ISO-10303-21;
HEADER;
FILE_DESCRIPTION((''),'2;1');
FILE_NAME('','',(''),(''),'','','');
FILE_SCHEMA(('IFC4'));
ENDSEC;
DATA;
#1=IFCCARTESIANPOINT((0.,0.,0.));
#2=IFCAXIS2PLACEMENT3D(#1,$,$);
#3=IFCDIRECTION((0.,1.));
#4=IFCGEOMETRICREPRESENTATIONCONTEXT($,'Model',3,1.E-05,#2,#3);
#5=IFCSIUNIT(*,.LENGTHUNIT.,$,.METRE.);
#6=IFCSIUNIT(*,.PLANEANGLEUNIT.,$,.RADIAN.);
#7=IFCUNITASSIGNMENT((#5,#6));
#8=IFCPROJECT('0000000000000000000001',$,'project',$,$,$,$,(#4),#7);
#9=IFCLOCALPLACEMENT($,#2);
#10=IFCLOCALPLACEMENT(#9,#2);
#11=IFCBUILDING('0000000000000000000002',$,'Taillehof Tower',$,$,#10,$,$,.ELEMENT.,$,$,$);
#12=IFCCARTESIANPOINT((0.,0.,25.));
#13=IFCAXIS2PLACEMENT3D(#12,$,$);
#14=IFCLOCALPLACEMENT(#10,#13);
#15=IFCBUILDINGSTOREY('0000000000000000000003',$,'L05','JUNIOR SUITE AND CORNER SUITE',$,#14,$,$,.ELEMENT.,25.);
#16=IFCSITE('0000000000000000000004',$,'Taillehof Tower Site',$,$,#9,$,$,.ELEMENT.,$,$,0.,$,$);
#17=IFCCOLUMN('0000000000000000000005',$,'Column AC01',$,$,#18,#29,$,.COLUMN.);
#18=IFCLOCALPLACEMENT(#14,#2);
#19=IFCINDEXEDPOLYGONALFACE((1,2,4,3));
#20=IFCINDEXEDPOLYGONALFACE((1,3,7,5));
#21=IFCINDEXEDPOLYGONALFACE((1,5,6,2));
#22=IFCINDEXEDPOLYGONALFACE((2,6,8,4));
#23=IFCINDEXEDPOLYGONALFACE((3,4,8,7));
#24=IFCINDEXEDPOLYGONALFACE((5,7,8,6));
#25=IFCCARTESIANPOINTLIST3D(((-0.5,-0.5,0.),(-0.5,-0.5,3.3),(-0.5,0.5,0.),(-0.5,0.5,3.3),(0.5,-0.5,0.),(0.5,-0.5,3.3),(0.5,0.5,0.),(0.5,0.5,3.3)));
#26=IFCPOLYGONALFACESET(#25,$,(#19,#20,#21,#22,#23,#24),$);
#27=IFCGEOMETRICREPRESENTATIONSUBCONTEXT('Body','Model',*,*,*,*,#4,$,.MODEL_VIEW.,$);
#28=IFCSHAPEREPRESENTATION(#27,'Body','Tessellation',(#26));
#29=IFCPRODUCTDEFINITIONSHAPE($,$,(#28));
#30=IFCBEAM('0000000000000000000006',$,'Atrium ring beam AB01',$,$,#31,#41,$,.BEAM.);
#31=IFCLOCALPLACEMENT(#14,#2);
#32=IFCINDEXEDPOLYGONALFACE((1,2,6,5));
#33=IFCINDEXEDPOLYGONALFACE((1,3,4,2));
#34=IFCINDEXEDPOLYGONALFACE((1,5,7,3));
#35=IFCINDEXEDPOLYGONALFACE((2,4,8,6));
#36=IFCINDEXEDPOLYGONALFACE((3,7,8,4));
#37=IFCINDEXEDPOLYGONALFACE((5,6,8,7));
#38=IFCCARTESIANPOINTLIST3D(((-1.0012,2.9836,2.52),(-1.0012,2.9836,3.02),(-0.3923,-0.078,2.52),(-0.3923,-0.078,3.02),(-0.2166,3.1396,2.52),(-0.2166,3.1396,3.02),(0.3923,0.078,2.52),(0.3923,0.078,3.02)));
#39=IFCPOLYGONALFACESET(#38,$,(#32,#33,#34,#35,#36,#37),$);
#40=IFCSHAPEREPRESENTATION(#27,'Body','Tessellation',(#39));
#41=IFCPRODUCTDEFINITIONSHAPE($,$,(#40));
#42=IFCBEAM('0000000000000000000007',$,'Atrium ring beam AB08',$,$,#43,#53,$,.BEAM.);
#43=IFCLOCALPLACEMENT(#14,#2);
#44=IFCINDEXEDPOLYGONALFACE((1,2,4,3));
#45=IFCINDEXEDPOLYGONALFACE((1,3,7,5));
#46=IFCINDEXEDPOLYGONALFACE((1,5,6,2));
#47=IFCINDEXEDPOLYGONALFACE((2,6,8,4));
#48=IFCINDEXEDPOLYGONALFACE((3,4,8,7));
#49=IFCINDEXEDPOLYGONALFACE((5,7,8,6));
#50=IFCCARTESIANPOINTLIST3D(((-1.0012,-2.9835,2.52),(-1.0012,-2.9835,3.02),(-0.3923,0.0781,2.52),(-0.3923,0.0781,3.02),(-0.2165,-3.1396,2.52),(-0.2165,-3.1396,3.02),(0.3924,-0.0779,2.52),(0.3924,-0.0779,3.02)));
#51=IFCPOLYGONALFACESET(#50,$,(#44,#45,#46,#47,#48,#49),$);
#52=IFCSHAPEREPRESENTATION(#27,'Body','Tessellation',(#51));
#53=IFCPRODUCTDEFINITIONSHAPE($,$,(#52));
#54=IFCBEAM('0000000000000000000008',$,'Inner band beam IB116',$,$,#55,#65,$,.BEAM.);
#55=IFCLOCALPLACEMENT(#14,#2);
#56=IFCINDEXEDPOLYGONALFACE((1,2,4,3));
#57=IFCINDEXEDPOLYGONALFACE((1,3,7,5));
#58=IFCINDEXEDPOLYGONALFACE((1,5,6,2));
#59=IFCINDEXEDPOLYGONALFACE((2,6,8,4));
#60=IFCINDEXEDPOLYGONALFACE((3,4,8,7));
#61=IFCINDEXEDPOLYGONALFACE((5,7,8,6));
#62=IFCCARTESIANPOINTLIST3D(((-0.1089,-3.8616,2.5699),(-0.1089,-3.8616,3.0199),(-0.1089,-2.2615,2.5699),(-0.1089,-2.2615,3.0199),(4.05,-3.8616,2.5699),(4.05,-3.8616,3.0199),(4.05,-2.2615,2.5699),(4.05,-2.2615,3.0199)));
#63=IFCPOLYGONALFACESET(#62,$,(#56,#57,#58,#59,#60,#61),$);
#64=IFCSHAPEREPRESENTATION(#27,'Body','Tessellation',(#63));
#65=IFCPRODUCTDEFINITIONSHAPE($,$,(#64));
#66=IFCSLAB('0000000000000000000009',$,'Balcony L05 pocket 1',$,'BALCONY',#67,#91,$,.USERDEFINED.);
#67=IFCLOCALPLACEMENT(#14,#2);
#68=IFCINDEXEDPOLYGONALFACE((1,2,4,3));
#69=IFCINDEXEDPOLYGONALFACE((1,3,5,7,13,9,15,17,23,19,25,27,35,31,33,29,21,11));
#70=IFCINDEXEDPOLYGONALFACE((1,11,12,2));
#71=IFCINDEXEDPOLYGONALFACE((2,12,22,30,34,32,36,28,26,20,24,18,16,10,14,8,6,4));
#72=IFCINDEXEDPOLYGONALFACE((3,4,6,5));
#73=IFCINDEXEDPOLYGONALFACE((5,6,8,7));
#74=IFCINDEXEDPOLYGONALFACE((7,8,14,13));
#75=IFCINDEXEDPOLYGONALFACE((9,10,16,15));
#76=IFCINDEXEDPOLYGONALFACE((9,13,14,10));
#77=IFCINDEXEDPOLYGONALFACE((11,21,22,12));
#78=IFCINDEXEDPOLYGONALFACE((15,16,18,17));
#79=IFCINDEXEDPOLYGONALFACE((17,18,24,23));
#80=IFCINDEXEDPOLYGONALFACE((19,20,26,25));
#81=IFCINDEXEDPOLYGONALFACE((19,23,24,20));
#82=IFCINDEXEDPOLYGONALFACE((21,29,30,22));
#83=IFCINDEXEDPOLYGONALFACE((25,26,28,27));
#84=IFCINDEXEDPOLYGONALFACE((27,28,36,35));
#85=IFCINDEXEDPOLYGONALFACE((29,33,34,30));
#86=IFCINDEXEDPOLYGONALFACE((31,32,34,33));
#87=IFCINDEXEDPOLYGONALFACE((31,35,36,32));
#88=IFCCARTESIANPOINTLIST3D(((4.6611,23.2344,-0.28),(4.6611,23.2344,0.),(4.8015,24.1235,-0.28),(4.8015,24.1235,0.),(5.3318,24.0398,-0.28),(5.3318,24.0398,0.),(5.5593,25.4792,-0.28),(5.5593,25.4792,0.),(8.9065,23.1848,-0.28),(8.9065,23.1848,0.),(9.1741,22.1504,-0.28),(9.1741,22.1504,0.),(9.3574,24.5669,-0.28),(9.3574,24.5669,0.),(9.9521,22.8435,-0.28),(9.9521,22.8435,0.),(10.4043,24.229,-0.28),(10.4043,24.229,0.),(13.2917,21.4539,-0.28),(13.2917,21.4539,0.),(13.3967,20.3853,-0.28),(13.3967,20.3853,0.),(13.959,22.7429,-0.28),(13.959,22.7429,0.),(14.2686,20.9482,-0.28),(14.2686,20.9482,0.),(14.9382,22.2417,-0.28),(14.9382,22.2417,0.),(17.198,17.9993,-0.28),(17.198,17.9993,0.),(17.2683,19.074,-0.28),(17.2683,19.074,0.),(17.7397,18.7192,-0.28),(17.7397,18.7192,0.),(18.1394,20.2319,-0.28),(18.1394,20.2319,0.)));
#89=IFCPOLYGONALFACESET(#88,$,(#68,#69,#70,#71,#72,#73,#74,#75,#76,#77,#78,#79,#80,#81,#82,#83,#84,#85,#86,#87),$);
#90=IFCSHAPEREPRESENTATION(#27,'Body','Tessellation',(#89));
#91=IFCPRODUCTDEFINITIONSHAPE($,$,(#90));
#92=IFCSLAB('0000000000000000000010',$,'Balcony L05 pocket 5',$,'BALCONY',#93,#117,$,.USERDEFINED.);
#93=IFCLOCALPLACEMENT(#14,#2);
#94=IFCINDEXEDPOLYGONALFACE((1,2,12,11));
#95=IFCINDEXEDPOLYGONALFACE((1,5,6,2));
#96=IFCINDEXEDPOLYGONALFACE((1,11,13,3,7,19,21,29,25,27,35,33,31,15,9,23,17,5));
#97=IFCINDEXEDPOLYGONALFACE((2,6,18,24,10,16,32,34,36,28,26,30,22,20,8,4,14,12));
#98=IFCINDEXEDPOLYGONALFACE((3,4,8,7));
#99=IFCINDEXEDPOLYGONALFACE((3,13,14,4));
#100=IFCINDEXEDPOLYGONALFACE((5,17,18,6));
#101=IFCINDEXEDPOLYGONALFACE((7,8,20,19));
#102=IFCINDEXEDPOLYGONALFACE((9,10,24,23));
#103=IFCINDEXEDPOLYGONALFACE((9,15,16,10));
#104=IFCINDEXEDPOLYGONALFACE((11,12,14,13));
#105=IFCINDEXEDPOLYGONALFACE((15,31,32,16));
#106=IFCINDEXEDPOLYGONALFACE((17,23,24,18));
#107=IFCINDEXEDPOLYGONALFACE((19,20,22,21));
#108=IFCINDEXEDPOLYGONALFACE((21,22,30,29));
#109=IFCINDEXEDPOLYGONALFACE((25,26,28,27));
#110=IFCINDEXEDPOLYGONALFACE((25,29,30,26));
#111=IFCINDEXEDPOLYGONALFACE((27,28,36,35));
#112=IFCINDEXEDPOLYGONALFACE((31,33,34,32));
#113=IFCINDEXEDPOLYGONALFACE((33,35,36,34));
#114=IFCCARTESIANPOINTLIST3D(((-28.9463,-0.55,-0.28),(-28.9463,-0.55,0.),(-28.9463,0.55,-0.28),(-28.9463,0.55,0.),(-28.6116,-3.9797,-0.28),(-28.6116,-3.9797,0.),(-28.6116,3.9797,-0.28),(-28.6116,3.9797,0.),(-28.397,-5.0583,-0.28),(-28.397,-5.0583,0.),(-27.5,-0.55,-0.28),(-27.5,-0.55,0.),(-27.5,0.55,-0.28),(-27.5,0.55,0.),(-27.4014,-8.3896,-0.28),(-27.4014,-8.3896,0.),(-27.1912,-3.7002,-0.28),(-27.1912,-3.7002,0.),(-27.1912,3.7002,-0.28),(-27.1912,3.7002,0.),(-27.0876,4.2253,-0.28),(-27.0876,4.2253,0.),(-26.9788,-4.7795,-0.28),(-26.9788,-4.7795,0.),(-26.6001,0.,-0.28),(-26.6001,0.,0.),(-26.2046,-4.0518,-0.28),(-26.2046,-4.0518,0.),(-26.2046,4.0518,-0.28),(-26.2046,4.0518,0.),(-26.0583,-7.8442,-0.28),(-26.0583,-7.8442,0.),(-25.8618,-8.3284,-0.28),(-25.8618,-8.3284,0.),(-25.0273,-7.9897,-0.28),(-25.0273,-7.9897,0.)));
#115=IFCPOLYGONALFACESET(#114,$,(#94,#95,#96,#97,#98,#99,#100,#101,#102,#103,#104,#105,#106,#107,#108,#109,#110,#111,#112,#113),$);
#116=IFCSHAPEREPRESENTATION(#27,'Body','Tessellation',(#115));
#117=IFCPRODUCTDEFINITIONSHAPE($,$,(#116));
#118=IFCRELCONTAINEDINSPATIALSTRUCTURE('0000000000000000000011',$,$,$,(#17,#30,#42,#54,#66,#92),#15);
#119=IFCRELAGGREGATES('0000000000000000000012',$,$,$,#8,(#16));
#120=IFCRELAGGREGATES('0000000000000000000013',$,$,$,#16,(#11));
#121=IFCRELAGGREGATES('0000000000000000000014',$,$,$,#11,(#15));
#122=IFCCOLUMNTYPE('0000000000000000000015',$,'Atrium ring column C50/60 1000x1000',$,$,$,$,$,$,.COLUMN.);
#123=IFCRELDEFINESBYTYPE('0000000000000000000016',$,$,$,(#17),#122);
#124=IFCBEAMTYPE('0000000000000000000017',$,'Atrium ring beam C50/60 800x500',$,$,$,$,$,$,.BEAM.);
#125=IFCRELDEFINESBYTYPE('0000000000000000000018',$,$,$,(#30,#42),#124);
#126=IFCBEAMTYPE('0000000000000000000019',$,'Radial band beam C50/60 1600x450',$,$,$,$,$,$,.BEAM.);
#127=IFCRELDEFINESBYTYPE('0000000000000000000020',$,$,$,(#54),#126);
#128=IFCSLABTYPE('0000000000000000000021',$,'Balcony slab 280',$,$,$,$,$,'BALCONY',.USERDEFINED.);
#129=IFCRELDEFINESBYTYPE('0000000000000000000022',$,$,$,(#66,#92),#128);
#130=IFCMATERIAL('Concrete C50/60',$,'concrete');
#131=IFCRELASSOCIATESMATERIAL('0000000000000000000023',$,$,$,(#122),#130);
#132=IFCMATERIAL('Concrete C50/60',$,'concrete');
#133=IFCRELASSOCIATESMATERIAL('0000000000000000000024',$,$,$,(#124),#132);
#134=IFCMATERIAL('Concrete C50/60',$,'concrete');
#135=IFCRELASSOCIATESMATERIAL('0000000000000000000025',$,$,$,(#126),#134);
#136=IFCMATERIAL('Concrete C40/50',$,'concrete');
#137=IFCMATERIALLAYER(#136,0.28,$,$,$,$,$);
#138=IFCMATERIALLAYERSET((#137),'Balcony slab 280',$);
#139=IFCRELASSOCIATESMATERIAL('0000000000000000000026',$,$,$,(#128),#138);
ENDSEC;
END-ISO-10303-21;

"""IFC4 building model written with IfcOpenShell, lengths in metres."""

from ifc_helpers import new_model, si_unit, direction, frame, origin, origin_with_axes, origin_2d, place, context, subcontext, project, spatial, polyline, rectangle, outline, extrude, material, layer, layer_set, material_profile, profile_set, type_object, element, save


model = new_model("IFC4")

# Units and contexts
model_context = context("Model", 3, precision=1e-05, world=origin(), true_north=direction((0.0, 1.0)))
body_context = subcontext(model_context, "Body", "Model", "MODEL_VIEW")
ifc_project = project(units=[si_unit("LENGTHUNIT", "METRE"), si_unit("PLANEANGLEUNIT", "RADIAN")], contexts=[model_context])

# Site, building, storey
site_placement = place(None, origin())
site = spatial("IfcSite", under=ifc_project, at=site_placement, Name="Taillehof Tower Site", CompositionType="ELEMENT", RefElevation=0.0)
building_placement = place(site_placement, origin())
building = spatial("IfcBuilding", under=site, at=building_placement, Name="Taillehof Tower", CompositionType="ELEMENT")
storey_placement = place(building_placement, frame((0.0, 0.0, 25.0)))
storey = spatial("IfcBuildingStorey", under=building, at=storey_placement, Name="L05", Description="JUNIOR SUITE AND CORNER SUITE", CompositionType="ELEMENT", Elevation=25.0)

# Column
ifc_material_1 = material(Name="Concrete C50/60", Category="concrete")
ifc_material_profile_1 = material_profile(ifc_material_1, rectangle(XDim=1.0, YDim=1.0, at=origin_2d()), Name="RC 1000x1000")
ifc_profile_set_1 = profile_set([ifc_material_profile_1], Name="Concrete C50/60")
column_type = type_object("IfcColumnType", Name="Atrium ring column C50/60 1000x1000", PredefinedType="COLUMN", material=ifc_profile_set_1)
column_placement = place(storey_placement, origin_with_axes())
element("IfcColumn", 1, at=column_placement, inside=storey, type_object=column_type, Name="Column AC01", PredefinedType="COLUMN", context=body_context, shape_type="SweptSolid", body=[
    extrude(rectangle(XDim=1.0, YDim=1.0, at=origin_2d()), origin(), (0.0, 0.0, 1.0), 3.3),
])

# Beams
ifc_material_2 = material(Name="Concrete C50/60", Category="concrete")
ifc_material_profile_2 = material_profile(ifc_material_2, rectangle(XDim=0.8, YDim=0.5, at=origin_2d()), Name="RC 800x500")
ifc_profile_set_2 = profile_set([ifc_material_profile_2], Name="Concrete C50/60")
beam_type_1 = type_object("IfcBeamType", Name="Atrium ring beam C50/60 800x500", PredefinedType="BEAM", material=ifc_profile_set_2)
for number, where, z_axis, x_axis, name in (
    (2, (0.0, 0.0, 2.77), (-0.195063, 0.980791, 0.0), (-0.980791, -0.195063, 0.0), "Atrium ring beam AB01"),
    (3, (-0.6089, -3.0615, 2.77), (0.195063, 0.980791, 0.0), (-0.980791, 0.195063, 0.0), "Atrium ring beam AB08"),
):
    element("IfcBeam", number, at=place(storey_placement, frame(where, z_axis=z_axis, x_axis=x_axis)), inside=storey, type_object=beam_type_1, Name=name, PredefinedType="BEAM", context=body_context, shape_type="SweptSolid", body=[
        extrude(rectangle(XDim=0.8, YDim=0.5, at=origin_2d()), origin(), (0.0, 0.0, 1.0), 3.1216),
    ])
ifc_material_3 = material(Name="Concrete C50/60", Category="concrete")
ifc_material_profile_3 = material_profile(ifc_material_3, rectangle(XDim=1.6001, YDim=0.45, at=origin_2d()), Name="RC 1600x450")
ifc_profile_set_3 = profile_set([ifc_material_profile_3], Name="Concrete C50/60")
beam_type_2 = type_object("IfcBeamType", Name="Radial band beam C50/60 1600x450", PredefinedType="BEAM", material=ifc_profile_set_3)
beam_placement = place(storey_placement, frame((-0.1089, -3.0615, 2.7949), z_axis=(1.0, 0.0, 0.0), x_axis=(0.0, 1.0, 0.0)))
element("IfcBeam", 4, at=beam_placement, inside=storey, type_object=beam_type_2, Name="Inner band beam IB116", PredefinedType="BEAM", context=body_context, shape_type="SweptSolid", body=[
    extrude(rectangle(XDim=1.6001, YDim=0.45, at=origin_2d()), origin(), (0.0, 0.0, 1.0), 4.1589),
])

# Slabs
ifc_material_4 = material(Name="Concrete C40/50", Category="concrete")
ifc_layer_1 = layer(ifc_material_4, 0.28)
ifc_layer_set_1 = layer_set([ifc_layer_1], Name="Balcony slab 280")
slab_type_1 = type_object("IfcSlabType", Name="Balcony slab 280", ElementType="BALCONY", PredefinedType="USERDEFINED", material=ifc_layer_set_1)
slab_1_placement = place(storey_placement, frame((0.0, 0.0, -0.28)))
element("IfcSlab", 5, at=slab_1_placement, inside=storey, type_object=slab_type_1, Name="Balcony L05 pocket 1", ObjectType="BALCONY", PredefinedType="USERDEFINED", context=body_context, shape_type="SweptSolid", body=[
    extrude(outline(polyline([(4.6611, 23.2344), (4.8015, 24.1235), (5.3318, 24.0398), (5.5593, 25.4792), (9.3574, 24.5669), (8.9065, 23.1848), (9.9521, 22.8435), (10.4043, 24.229), (13.959, 22.7429), (13.2917, 21.4539), (14.2686, 20.9482), (14.9382, 22.2417), (18.1394, 20.2319), (17.2683, 19.074), (17.7397, 18.7192), (17.198, 17.9993), (13.3967, 20.3853), (9.1741, 22.1504), (4.6611, 23.2344)])), origin(), (0.0, 0.0, 1.0), 0.28),
])
slab_2_placement = place(storey_placement, frame((0.0, 0.0, -0.28)))
element("IfcSlab", 6, at=slab_2_placement, inside=storey, type_object=slab_type_1, Name="Balcony L05 pocket 5", ObjectType="BALCONY", PredefinedType="USERDEFINED", context=body_context, shape_type="SweptSolid", body=[
    extrude(outline(polyline([(-25.0273, -7.9897), (-25.8618, -8.3284), (-26.0583, -7.8442), (-27.4014, -8.3896), (-28.397, -5.0583), (-26.9788, -4.7795), (-27.1912, -3.7002), (-28.6116, -3.9797), (-28.9463, -0.55), (-27.5, -0.55), (-27.5, 0.55), (-28.9463, 0.55), (-28.6116, 3.9797), (-27.1912, 3.7002), (-27.0876, 4.2253), (-26.2046, 4.0518), (-26.6001, 0.0), (-26.2046, -4.0518), (-25.0273, -7.9897)])), origin(), (0.0, 0.0, 1.0), 0.28),
])

save(model, "model.ifc")
